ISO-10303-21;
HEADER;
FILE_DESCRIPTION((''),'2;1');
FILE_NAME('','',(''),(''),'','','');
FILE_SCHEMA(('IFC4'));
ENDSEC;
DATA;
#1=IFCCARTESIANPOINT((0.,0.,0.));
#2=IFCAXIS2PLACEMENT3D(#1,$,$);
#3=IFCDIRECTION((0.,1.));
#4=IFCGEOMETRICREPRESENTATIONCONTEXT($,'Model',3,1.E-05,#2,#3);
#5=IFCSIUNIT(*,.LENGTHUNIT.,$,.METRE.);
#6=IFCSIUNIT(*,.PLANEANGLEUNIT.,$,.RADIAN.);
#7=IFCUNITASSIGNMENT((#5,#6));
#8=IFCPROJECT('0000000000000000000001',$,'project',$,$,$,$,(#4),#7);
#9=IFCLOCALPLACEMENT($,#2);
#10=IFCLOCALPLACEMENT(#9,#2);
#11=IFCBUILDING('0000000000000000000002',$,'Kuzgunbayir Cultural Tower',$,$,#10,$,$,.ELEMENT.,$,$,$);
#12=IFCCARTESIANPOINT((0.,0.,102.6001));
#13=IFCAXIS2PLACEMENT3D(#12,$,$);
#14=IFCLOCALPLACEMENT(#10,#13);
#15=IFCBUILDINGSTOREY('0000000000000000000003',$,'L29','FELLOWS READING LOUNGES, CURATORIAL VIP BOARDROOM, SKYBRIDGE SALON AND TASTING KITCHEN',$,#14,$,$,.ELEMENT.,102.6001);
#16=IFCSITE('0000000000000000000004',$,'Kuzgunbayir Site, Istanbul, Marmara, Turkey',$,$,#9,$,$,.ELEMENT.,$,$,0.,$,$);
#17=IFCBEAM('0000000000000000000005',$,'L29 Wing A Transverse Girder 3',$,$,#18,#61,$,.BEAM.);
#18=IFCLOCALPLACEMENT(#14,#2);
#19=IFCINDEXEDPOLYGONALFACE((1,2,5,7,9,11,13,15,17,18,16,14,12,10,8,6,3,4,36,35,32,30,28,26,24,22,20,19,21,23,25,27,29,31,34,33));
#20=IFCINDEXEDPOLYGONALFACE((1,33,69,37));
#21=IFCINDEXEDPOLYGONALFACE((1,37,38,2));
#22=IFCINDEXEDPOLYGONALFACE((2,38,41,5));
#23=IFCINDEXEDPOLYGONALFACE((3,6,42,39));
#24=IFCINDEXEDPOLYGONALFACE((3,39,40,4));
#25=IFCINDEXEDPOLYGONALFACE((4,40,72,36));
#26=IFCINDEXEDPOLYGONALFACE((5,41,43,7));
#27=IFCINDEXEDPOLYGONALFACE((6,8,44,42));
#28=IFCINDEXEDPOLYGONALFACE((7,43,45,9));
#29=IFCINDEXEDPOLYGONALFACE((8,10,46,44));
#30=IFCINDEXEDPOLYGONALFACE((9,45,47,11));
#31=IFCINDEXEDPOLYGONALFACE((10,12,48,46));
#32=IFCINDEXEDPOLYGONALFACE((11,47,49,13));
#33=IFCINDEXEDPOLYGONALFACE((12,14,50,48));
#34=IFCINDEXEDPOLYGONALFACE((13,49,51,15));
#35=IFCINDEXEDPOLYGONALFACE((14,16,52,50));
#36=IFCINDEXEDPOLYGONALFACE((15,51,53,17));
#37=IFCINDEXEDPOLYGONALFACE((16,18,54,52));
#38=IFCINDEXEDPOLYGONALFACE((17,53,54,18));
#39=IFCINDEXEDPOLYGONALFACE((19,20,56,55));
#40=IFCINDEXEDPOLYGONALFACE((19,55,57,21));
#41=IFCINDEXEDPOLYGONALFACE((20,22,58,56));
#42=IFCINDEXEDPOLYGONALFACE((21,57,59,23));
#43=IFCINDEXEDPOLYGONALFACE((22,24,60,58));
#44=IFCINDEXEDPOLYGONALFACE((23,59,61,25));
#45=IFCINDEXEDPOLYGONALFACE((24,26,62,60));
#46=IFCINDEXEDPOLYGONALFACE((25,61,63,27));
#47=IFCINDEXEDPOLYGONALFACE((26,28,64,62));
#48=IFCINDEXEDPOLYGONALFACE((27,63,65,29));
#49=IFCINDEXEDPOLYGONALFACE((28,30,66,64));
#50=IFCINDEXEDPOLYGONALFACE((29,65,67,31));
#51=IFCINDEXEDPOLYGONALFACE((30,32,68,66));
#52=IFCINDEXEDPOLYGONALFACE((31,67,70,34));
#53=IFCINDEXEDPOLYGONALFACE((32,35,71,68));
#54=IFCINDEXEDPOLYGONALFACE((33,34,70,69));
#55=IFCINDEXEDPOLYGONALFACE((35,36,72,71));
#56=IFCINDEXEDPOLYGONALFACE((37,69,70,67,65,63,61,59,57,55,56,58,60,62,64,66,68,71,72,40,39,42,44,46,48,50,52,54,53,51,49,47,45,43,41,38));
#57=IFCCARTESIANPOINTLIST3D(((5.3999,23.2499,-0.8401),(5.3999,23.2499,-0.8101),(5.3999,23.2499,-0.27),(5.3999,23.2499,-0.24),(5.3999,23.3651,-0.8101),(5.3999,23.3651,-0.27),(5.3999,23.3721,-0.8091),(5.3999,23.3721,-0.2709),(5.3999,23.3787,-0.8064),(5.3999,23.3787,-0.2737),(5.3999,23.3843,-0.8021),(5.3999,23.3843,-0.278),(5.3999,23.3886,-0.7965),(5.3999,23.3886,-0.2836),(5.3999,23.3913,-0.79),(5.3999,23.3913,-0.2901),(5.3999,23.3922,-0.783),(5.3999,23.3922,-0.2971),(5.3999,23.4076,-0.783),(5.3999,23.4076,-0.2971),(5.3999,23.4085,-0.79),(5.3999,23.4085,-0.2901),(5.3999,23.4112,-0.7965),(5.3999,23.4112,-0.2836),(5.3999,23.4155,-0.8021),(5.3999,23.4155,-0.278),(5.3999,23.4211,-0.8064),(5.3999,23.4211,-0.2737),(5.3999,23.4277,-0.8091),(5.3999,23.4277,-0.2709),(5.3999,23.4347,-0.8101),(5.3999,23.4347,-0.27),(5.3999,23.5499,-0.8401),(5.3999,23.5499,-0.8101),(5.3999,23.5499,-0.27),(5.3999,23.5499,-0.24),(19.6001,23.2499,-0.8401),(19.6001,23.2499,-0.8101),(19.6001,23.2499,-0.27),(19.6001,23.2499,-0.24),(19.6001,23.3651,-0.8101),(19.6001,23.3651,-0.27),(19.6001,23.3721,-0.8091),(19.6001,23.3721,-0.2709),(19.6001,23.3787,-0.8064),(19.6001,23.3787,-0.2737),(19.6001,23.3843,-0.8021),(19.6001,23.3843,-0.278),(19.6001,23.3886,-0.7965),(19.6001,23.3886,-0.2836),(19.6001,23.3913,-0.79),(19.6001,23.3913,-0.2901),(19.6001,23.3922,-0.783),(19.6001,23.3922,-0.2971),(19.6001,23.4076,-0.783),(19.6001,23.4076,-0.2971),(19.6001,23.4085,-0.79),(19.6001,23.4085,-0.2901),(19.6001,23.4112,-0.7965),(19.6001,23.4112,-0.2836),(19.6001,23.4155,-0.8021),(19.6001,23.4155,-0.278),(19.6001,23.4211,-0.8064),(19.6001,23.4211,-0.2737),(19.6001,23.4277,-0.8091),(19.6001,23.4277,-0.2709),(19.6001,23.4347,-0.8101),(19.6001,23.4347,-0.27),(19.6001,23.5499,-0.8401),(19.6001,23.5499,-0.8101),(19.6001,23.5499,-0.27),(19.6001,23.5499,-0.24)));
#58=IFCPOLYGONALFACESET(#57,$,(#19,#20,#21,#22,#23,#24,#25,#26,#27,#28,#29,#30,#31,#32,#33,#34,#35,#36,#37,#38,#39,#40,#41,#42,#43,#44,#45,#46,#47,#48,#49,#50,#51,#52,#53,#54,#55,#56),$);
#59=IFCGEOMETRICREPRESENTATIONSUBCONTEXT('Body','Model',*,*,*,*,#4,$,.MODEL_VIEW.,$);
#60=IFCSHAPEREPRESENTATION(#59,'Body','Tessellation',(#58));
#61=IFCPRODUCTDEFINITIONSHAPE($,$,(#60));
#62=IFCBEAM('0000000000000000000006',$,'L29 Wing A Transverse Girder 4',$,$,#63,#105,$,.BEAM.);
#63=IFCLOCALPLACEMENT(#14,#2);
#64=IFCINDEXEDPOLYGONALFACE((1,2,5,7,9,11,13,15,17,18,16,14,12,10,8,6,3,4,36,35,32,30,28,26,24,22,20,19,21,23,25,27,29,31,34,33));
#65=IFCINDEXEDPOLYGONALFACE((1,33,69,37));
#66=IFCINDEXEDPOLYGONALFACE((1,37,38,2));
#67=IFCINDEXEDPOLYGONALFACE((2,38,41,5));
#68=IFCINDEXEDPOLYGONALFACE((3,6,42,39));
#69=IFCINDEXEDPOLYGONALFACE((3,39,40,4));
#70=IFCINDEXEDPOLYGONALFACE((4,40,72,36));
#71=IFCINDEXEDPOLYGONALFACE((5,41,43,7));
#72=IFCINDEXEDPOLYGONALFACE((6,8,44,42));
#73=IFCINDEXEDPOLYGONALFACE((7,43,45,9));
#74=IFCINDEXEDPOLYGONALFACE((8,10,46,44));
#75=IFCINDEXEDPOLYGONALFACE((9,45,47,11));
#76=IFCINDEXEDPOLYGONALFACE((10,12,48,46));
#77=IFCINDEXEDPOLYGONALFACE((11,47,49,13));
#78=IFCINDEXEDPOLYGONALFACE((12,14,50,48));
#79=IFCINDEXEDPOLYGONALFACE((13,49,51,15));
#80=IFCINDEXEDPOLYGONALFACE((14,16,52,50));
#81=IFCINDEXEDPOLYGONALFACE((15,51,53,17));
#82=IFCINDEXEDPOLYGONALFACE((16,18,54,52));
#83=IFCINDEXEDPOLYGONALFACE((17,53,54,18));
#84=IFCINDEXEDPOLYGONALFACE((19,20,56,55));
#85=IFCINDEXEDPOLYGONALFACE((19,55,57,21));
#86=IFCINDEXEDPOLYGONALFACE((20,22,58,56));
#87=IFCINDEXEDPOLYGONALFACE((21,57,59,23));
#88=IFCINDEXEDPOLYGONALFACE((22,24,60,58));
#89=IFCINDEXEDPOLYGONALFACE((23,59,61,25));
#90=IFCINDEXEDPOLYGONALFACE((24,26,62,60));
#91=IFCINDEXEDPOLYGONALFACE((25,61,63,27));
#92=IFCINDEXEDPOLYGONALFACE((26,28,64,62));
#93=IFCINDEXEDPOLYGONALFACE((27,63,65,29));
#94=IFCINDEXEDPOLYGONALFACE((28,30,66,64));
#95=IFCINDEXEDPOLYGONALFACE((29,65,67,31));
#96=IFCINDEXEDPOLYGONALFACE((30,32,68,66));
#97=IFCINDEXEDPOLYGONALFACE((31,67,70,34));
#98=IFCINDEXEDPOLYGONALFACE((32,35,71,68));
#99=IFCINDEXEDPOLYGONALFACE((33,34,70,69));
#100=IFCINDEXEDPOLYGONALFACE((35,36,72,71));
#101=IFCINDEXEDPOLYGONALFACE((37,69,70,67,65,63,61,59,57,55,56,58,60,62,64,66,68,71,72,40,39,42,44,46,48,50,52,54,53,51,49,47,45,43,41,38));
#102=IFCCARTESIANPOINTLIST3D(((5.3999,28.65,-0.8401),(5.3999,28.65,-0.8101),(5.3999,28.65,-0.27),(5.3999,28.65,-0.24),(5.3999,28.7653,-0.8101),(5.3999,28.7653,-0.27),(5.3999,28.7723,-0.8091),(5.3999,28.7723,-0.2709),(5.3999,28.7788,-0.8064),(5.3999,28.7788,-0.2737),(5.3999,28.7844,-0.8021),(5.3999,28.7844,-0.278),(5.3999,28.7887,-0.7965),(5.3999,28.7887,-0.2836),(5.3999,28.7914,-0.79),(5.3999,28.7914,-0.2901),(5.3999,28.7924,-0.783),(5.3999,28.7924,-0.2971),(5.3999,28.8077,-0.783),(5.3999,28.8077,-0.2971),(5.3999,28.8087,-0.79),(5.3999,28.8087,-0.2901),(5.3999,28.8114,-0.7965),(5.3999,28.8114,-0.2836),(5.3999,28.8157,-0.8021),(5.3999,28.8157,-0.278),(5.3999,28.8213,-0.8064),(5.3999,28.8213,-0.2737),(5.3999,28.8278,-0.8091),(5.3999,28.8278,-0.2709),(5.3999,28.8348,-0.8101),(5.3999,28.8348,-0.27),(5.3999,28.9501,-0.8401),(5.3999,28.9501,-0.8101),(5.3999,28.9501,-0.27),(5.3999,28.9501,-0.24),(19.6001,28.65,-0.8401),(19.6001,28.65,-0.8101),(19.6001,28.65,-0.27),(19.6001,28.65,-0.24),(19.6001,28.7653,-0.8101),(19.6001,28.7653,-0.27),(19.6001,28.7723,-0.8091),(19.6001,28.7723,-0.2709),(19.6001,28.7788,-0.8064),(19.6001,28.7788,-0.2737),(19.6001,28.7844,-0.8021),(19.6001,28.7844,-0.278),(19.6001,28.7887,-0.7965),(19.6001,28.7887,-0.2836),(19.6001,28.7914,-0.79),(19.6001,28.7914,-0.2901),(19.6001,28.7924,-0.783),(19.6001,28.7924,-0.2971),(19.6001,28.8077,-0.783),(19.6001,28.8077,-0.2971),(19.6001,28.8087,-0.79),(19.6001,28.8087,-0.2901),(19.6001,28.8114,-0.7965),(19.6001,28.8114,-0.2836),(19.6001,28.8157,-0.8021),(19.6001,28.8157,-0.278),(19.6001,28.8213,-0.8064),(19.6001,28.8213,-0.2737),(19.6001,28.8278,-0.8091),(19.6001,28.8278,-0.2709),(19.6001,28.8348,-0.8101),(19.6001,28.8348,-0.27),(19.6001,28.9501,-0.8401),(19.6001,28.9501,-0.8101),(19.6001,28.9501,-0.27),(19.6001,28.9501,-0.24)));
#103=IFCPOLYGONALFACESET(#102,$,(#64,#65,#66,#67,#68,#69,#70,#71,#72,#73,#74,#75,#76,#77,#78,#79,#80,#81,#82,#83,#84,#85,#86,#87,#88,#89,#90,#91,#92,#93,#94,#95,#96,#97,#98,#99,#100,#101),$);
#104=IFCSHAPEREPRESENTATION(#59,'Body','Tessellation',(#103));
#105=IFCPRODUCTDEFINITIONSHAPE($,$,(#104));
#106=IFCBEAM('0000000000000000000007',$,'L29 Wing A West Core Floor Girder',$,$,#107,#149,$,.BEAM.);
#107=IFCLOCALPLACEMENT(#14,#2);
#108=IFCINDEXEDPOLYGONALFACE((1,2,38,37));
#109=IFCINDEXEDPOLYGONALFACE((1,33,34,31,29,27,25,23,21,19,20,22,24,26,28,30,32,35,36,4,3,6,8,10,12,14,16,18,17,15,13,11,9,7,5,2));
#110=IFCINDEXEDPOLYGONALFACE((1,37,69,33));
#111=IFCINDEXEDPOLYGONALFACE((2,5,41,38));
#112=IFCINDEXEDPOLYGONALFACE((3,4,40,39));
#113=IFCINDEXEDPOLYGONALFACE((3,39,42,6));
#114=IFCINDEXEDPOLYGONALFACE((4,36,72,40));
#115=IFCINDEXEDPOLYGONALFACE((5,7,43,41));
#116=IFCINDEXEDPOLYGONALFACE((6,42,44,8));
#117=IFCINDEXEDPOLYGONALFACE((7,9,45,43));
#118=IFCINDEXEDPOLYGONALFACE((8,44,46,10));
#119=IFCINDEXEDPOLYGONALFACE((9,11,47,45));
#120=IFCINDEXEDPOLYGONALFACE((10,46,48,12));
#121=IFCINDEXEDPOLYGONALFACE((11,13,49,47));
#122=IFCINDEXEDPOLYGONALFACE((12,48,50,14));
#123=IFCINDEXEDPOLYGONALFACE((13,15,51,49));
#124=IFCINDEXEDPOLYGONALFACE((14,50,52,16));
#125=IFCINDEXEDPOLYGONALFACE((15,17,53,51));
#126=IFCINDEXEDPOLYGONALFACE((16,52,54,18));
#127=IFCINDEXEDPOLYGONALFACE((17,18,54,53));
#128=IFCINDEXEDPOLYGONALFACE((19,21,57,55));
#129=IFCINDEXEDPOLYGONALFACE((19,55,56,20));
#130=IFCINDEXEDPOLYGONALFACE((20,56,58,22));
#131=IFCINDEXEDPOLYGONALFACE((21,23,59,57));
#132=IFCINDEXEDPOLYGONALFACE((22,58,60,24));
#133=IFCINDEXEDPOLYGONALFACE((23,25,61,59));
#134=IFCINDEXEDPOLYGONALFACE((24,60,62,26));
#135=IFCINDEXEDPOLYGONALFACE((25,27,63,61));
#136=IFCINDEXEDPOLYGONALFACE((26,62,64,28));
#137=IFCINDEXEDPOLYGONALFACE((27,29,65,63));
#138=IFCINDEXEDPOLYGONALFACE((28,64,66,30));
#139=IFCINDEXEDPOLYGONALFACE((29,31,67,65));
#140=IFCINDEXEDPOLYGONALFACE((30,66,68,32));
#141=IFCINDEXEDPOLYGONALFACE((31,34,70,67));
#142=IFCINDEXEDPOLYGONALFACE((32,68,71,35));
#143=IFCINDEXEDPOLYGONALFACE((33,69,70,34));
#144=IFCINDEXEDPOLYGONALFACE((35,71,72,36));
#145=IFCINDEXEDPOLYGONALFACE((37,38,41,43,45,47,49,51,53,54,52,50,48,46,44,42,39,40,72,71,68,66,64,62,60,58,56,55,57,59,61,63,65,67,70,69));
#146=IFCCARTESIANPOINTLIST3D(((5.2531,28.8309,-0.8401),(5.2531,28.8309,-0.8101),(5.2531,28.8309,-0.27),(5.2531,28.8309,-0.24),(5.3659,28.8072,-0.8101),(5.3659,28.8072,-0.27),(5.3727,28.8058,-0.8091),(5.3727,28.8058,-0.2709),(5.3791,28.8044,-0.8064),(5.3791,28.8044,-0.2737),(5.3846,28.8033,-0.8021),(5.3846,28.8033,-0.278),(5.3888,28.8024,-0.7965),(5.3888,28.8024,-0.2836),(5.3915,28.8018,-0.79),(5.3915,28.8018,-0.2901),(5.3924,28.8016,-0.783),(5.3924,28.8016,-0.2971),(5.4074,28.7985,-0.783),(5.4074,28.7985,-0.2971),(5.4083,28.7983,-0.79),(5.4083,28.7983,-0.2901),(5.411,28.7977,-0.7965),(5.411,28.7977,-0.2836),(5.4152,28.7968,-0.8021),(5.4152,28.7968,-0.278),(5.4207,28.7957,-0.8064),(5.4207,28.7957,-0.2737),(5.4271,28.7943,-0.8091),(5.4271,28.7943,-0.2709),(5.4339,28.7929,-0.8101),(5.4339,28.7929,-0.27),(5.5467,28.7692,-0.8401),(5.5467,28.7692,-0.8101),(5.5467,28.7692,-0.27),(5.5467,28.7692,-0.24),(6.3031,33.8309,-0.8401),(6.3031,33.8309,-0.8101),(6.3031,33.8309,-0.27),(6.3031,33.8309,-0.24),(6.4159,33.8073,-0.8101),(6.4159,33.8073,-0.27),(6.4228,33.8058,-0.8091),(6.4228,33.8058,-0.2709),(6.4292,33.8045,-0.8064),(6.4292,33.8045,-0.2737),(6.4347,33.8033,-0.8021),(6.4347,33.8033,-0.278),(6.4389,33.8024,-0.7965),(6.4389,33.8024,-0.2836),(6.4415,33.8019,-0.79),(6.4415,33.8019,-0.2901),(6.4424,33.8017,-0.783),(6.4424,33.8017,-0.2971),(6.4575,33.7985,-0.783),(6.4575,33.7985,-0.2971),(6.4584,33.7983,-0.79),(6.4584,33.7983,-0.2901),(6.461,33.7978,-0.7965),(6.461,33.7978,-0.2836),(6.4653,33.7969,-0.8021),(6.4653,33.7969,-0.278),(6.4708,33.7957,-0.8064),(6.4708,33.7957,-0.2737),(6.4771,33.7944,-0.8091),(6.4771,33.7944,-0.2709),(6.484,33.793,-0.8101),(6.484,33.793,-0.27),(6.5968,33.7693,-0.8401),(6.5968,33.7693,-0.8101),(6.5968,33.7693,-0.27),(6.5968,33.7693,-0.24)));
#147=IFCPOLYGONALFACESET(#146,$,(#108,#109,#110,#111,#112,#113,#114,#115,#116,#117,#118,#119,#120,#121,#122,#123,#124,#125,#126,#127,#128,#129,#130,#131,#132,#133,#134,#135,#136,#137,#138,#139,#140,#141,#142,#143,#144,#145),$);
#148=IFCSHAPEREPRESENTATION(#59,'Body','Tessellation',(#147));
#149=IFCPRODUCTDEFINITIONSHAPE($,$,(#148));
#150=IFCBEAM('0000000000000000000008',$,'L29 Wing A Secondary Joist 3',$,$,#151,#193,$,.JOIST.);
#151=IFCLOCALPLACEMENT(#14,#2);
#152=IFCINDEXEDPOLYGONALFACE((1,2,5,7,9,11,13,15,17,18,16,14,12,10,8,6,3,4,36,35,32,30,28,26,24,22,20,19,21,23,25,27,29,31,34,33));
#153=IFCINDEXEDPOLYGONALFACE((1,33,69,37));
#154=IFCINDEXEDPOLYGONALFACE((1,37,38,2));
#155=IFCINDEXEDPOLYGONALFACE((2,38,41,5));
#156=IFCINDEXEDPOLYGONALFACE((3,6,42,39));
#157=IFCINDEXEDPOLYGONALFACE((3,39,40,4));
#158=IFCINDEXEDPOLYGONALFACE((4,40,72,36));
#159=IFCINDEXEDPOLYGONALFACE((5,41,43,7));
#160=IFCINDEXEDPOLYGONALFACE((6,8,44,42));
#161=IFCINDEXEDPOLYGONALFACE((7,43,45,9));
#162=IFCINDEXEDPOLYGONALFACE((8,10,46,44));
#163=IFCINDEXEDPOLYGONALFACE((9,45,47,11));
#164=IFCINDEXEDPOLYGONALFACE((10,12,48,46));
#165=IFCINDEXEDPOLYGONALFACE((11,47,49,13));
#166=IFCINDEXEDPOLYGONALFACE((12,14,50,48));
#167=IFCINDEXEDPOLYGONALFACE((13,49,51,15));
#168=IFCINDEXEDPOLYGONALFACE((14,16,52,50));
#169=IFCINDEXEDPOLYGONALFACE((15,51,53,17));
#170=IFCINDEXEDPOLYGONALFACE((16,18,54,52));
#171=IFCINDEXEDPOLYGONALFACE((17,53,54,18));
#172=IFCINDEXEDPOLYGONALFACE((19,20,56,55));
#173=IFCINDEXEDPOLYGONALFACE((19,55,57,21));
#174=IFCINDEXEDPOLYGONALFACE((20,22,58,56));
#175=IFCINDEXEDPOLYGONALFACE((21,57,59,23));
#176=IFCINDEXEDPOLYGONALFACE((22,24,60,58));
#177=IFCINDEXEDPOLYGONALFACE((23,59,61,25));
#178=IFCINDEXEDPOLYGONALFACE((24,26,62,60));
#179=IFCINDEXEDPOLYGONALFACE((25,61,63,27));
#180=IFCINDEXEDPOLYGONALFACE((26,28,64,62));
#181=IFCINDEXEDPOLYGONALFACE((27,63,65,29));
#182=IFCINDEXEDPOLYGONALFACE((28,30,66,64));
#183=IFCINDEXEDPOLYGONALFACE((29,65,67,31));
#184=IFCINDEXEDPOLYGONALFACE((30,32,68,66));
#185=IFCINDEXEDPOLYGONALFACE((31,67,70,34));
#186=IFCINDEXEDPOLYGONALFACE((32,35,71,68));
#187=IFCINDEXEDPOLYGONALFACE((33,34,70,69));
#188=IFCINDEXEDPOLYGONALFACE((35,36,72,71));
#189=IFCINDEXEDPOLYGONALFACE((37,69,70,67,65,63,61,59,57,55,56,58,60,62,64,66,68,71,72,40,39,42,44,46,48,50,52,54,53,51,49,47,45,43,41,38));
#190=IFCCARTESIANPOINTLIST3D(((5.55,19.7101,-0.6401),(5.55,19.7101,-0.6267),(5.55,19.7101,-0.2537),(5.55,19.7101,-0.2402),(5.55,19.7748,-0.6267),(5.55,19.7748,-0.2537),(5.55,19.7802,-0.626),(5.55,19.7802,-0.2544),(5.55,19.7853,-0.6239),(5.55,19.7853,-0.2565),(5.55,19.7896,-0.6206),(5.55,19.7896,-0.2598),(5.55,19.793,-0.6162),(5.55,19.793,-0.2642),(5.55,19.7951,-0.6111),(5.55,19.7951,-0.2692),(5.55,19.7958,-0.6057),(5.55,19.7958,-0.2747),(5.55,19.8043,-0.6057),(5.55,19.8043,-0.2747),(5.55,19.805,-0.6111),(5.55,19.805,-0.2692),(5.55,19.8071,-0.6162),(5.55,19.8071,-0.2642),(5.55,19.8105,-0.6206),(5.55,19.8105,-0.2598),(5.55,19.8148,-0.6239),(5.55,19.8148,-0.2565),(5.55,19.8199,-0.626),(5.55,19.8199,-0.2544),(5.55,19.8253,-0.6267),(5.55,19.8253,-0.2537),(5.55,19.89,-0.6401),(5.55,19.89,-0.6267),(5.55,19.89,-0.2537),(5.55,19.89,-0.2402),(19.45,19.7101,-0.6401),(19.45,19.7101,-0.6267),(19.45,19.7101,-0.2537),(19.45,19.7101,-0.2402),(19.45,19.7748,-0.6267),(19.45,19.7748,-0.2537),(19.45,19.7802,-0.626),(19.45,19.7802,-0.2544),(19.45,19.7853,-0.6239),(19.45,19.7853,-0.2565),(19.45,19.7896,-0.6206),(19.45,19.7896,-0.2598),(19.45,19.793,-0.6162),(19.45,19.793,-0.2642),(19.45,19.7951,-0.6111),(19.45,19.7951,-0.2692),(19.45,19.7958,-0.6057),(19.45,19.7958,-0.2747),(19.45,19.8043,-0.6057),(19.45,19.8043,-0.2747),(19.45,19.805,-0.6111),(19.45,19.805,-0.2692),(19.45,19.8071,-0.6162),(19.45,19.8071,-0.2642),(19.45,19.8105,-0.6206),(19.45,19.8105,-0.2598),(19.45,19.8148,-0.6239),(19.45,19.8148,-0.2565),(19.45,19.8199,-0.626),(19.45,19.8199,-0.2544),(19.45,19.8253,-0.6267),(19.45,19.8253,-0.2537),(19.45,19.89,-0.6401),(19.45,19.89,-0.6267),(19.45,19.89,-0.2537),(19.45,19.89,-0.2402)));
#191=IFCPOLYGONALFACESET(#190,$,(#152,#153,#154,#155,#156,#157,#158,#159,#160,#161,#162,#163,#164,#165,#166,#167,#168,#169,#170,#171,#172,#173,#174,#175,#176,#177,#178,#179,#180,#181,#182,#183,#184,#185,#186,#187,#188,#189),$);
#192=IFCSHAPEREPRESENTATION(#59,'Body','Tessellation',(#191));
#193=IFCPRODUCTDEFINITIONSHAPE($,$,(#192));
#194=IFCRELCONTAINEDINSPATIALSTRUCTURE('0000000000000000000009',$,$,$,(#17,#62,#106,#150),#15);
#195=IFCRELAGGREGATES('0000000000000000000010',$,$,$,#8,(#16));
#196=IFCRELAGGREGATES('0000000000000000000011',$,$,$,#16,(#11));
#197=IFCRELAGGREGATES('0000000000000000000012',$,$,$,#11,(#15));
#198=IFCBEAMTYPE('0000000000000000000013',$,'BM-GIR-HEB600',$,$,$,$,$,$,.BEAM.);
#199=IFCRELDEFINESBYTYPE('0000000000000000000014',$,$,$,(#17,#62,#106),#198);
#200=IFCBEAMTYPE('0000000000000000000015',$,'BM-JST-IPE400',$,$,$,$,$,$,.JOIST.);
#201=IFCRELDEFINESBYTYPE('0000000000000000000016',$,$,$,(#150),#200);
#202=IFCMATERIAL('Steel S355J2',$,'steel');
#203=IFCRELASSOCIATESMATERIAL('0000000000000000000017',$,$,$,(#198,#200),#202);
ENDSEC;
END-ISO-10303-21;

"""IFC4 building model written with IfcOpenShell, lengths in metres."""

from ifc_helpers import new_model, si_unit, direction, frame, origin, origin_2d, place, context, subcontext, project, spatial, i_section, extrude, material, material_profile, profile_set, type_object, element, save


model = new_model("IFC4")

# Units and contexts
model_context = context("Model", 3, precision=1e-05, world=origin(), true_north=direction((0.0, 1.0)))
body_context = subcontext(model_context, "Body", "Model", "MODEL_VIEW")
ifc_project = project(units=[si_unit("LENGTHUNIT", "METRE"), si_unit("PLANEANGLEUNIT", "RADIAN")], contexts=[model_context])

# Site, building, storey
site_placement = place(None, origin())
site = spatial("IfcSite", under=ifc_project, at=site_placement, Name="Kuzgunbayir Site, Istanbul, Marmara, Turkey", CompositionType="ELEMENT", RefElevation=0.0)
building_placement = place(site_placement, origin())
building = spatial("IfcBuilding", under=site, at=building_placement, Name="Kuzgunbayir Cultural Tower", CompositionType="ELEMENT")
storey_placement = place(building_placement, frame((0.0, 0.0, 102.6001)))
storey = spatial("IfcBuildingStorey", under=building, at=storey_placement, Name="L29", Description="FELLOWS READING LOUNGES, CURATORIAL VIP BOARDROOM, SKYBRIDGE SALON AND TASTING KITCHEN", CompositionType="ELEMENT", Elevation=102.6001)

# Beams
ifc_material_1 = material(Name="Steel S355J2", Category="steel")
ifc_material_profile_1 = material_profile(ifc_material_1, i_section(OverallWidth=0.3, OverallDepth=0.6001, WebThickness=0.0154, FlangeThickness=0.03, FilletRadius=0.0271, at=origin_2d()), Name="HEB 600")
ifc_profile_set_1 = profile_set([ifc_material_profile_1], Name="Steel S355J2")
beam_type_1 = type_object("IfcBeamType", Name="BM-GIR-HEB600", PredefinedType="BEAM", material=ifc_profile_set_1)
for number, where, z_axis, x_axis, name in (
    (1, (5.3999, 23.3999, -0.54), (1.0, 0.0, 0.0), (0.0, 1.0, 0.0), "L29 Wing A Transverse Girder 3"),
    (2, (5.3999, 28.8, -0.54), (1.0, 0.0, 0.0), (0.0, 1.0, 0.0), "L29 Wing A Transverse Girder 4"),
):
    element("IfcBeam", number, at=place(storey_placement, frame(where, z_axis=z_axis, x_axis=x_axis)), inside=storey, type_object=beam_type_1, Name=name, PredefinedType="BEAM", context=body_context, shape_type="SweptSolid", body=[
        extrude(i_section(OverallWidth=0.3, OverallDepth=0.6001, WebThickness=0.0154, FlangeThickness=0.03, FilletRadius=0.0271, at=origin_2d()), origin(), (0.0, 0.0, 1.0), 14.2002),
    ])
beam_1_placement = place(storey_placement, frame((5.3999, 28.8, -0.54), z_axis=(0.205526, 0.978652, 0.0), x_axis=(-0.978652, 0.205526, 0.0)))
element("IfcBeam", 3, at=beam_1_placement, inside=storey, type_object=beam_type_1, Name="L29 Wing A West Core Floor Girder", PredefinedType="BEAM", context=body_context, shape_type="SweptSolid", body=[
    extrude(i_section(OverallWidth=0.3, OverallDepth=0.6001, WebThickness=0.0154, FlangeThickness=0.03, FilletRadius=0.0271, at=origin_2d()), origin(), (0.0, 0.0, 1.0), 5.1091),
])
ifc_material_profile_2 = material_profile(ifc_material_1, i_section(OverallWidth=0.1799, OverallDepth=0.3999, WebThickness=0.0085, FlangeThickness=0.0134, FilletRadius=0.021, at=origin_2d()), Name="IPE 400")
ifc_profile_set_2 = profile_set([ifc_material_profile_2], Name="Steel S355J2")
beam_type_2 = type_object("IfcBeamType", Name="BM-JST-IPE400", PredefinedType="JOIST", material=ifc_profile_set_2)
for number, where, z_axis, x_axis, name in (
    (4, (5.55, 19.8, -0.4402), (1.0, 0.0, 0.0), (0.0, 1.0, 0.0), "L29 Wing A Secondary Joist 3"),
):
    element("IfcBeam", number, at=place(storey_placement, frame(where, z_axis=z_axis, x_axis=x_axis)), inside=storey, type_object=beam_type_2, Name=name, PredefinedType="JOIST", context=body_context, shape_type="SweptSolid", body=[
        extrude(i_section(OverallWidth=0.1799, OverallDepth=0.3999, WebThickness=0.0085, FlangeThickness=0.0134, FilletRadius=0.021, at=origin_2d()), origin(), (0.0, 0.0, 1.0), 13.8999),
    ])

save(model, "model.ifc")
